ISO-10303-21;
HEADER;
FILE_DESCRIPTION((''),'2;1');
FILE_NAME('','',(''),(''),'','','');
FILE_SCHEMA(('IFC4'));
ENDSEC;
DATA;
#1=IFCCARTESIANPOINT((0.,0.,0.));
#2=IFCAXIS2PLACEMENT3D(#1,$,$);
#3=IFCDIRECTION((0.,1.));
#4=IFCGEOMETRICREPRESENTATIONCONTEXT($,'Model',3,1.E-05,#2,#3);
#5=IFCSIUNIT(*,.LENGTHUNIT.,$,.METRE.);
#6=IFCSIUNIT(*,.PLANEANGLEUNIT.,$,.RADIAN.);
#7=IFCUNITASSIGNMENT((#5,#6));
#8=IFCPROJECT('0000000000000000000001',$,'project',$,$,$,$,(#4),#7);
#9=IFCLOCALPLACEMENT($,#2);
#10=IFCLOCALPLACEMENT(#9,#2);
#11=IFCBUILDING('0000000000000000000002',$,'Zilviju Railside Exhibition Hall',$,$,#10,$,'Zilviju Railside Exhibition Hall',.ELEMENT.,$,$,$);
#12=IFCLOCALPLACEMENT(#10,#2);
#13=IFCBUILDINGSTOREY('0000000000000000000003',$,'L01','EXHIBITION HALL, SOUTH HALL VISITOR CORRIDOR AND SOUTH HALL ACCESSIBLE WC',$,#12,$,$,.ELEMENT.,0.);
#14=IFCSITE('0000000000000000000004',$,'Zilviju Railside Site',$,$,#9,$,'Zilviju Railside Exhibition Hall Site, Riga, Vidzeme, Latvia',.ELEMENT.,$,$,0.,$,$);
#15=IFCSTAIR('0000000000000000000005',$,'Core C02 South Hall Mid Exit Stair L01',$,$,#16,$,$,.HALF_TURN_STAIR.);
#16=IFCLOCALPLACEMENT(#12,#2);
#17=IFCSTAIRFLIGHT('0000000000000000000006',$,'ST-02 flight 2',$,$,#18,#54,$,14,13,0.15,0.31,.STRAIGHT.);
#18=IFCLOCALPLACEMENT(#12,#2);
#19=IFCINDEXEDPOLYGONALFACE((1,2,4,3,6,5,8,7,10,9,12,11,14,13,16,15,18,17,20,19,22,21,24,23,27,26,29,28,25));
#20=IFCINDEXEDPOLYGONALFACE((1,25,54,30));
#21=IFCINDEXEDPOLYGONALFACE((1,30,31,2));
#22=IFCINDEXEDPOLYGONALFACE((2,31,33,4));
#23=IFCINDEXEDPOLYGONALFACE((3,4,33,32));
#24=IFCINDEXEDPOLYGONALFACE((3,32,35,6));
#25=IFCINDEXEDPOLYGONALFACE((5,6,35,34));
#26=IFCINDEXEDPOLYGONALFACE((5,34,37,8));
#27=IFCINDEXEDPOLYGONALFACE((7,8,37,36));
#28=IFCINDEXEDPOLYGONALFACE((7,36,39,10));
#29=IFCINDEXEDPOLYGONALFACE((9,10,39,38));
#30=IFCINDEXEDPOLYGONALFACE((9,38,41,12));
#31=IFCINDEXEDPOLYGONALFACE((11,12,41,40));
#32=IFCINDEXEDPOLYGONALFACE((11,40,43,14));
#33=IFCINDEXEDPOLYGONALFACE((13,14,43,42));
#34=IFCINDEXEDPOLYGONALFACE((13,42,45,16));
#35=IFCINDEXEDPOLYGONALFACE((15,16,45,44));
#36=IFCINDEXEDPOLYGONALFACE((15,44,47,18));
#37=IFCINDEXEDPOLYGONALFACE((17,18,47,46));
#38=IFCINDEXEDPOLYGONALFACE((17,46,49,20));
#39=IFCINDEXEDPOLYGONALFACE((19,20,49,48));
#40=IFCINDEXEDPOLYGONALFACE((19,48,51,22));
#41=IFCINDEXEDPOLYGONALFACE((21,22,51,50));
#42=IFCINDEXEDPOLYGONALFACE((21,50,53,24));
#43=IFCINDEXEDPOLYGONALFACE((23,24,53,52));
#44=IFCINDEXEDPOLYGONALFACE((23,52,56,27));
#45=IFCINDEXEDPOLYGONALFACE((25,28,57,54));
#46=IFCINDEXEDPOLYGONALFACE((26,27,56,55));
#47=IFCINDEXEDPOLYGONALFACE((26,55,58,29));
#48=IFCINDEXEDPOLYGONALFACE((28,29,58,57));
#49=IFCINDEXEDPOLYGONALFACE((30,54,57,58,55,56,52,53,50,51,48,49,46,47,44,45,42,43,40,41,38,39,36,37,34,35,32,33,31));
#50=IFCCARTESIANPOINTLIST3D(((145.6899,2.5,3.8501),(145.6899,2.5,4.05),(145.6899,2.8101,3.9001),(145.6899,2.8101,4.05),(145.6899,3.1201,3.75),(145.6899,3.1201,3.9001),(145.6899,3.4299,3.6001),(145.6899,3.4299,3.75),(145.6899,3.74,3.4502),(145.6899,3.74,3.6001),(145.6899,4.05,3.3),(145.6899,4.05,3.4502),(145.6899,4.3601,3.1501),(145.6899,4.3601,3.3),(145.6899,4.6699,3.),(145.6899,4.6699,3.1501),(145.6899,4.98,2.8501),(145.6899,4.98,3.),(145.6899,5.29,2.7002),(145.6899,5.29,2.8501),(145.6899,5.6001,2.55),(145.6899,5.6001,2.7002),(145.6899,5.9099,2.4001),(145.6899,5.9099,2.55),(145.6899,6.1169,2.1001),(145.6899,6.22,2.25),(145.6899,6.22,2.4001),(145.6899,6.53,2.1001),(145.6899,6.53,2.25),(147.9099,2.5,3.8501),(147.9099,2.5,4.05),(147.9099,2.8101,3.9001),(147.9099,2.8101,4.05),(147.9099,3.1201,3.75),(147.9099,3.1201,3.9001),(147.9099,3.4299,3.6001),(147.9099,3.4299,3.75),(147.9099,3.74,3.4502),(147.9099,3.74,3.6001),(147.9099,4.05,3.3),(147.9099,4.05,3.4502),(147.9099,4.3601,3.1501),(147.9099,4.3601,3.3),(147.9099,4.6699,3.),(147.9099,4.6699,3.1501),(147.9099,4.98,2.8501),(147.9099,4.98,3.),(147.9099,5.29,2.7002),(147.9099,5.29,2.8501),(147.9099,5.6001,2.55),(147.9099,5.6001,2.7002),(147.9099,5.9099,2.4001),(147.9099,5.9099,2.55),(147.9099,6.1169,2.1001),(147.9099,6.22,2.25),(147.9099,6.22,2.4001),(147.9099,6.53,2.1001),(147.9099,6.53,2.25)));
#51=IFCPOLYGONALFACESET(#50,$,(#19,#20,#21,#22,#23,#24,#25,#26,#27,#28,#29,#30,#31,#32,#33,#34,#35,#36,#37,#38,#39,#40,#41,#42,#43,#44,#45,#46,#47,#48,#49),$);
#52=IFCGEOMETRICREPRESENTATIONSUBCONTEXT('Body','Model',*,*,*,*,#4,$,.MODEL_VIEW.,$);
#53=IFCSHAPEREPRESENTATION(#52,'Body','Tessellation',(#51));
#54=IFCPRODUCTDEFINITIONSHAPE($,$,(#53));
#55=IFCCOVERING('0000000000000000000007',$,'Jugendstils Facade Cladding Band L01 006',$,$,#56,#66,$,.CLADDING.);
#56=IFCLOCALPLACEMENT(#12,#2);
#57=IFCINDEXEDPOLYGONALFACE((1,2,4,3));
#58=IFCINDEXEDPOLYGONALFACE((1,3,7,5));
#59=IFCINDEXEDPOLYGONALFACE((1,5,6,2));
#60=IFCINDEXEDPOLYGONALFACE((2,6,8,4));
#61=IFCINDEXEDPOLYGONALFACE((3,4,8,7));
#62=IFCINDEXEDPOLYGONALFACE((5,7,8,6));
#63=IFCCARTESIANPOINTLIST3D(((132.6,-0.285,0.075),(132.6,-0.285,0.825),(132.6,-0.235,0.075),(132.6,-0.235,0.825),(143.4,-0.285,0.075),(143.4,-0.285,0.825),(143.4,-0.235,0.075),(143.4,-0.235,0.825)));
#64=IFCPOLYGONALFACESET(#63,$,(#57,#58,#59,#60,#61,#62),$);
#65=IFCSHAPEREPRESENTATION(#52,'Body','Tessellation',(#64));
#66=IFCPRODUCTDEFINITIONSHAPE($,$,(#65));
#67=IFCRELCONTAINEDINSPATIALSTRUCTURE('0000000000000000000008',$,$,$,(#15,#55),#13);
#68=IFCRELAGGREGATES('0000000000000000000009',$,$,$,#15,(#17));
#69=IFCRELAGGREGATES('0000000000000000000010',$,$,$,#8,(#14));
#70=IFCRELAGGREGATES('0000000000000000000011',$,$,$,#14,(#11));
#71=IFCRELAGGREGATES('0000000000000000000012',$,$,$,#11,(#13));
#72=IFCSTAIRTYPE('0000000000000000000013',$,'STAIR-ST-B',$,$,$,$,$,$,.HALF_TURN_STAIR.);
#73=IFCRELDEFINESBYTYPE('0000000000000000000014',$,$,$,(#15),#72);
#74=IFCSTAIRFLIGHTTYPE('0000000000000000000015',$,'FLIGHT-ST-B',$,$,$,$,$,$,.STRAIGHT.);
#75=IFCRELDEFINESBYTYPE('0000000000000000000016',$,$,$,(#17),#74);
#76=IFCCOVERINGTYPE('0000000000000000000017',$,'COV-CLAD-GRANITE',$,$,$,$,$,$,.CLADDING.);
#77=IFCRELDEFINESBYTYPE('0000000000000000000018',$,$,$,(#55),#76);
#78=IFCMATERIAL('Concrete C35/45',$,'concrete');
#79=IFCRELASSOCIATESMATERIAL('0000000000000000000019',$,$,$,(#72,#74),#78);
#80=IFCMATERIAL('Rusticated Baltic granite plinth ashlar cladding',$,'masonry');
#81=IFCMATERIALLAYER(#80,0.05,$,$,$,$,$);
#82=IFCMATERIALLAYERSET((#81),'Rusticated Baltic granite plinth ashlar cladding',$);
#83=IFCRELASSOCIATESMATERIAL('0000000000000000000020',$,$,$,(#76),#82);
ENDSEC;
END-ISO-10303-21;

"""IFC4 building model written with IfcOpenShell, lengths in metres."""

from ifc_helpers import new_model, si_unit, direction, frame, origin, origin_2d, place, context, subcontext, project, spatial, polyline, rectangle, outline, extrude, material, layer, layer_set, type_object, element, aggregate, save


model = new_model("IFC4")

# Units and contexts
model_context = context("Model", 3, precision=1e-05, world=origin(), true_north=direction((0.0, 1.0)))
body_context = subcontext(model_context, "Body", "Model", "MODEL_VIEW")
ifc_project = project(units=[si_unit("LENGTHUNIT", "METRE"), si_unit("PLANEANGLEUNIT", "RADIAN")], contexts=[model_context])

# Site, building, storey
site_placement = place(None, origin())
site = spatial("IfcSite", under=ifc_project, at=site_placement, Name="Zilviju Railside Site", LongName="Zilviju Railside Exhibition Hall Site, Riga, Vidzeme, Latvia", CompositionType="ELEMENT", RefElevation=0.0)
building_placement = place(site_placement, origin())
building = spatial("IfcBuilding", under=site, at=building_placement, Name="Zilviju Railside Exhibition Hall", LongName="Zilviju Railside Exhibition Hall", CompositionType="ELEMENT")
storey_placement = place(building_placement, origin())
storey = spatial("IfcBuildingStorey", under=building, at=storey_placement, Name="L01", Description="EXHIBITION HALL, SOUTH HALL VISITOR CORRIDOR AND SOUTH HALL ACCESSIBLE WC", CompositionType="ELEMENT", Elevation=0.0)

# Shared definitions
ifc_material_1 = material(Name="Concrete C35/45", Category="concrete")

# Stair, stair flight
stair_type = type_object("IfcStairType", Name="STAIR-ST-B", PredefinedType="HALF_TURN_STAIR", material=ifc_material_1)
stair_placement = place(storey_placement, origin())
stair = element("IfcStair", 1, at=stair_placement, inside=storey, type_object=stair_type, Name="Core C02 South Hall Mid Exit Stair L01", PredefinedType="HALF_TURN_STAIR")
stair_flight_type = type_object("IfcStairFlightType", Name="FLIGHT-ST-B", PredefinedType="STRAIGHT", material=ifc_material_1)
stair_flight_placement = place(storey_placement, frame((146.8, 6.53, 2.1001), z_axis=(0.0, 0.0, 1.0), x_axis=(0.0, -1.0, 0.0)))
stair_flight = element("IfcStairFlight", 2, at=stair_flight_placement, type_object=stair_flight_type, Name="ST-02 flight 2", NumberOfRisers=14, NumberOfTreads=13, PredefinedType="STRAIGHT", RiserHeight=0.15, TreadLength=0.31, context=body_context, shape_type="SweptSolid", body=[
    extrude(outline(polyline([(0.0, 0.0), (0.0, 0.1499), (0.3101, 0.1499), (0.3101, 0.3), (0.6201, 0.3), (0.6201, 0.45), (0.9299, 0.45), (0.9299, 0.6001), (1.24, 0.6001), (1.24, 0.75), (1.55, 0.75), (1.55, 0.8999), (1.8601, 0.8999), (1.8601, 1.05), (2.1699, 1.05), (2.1699, 1.2), (2.48, 1.2), (2.48, 1.3501), (2.79, 1.3501), (2.79, 1.5), (3.1001, 1.5), (3.1001, 1.6499), (3.4099, 1.6499), (3.4099, 1.8), (3.72, 1.8), (3.72, 1.95), (4.03, 1.95), (4.03, 2.1001), (4.03, 1.75), (0.4131, 0.0), (0.0, 0.0)])), frame((0.0, 1.1099, 0.0), z_axis=(0.0, -1.0, 0.0), x_axis=(1.0, 0.0, 0.0)), (0.0, 0.0, 1.0), 2.22),
])
aggregate(stair, [stair_flight])

# Covering
ifc_material_2 = material(Name="Rusticated Baltic granite plinth ashlar cladding", Category="masonry")
ifc_layer_1 = layer(ifc_material_2, 0.05)
ifc_layer_set_1 = layer_set([ifc_layer_1], Name="Rusticated Baltic granite plinth ashlar cladding")
covering_type = type_object("IfcCoveringType", Name="COV-CLAD-GRANITE", PredefinedType="CLADDING", material=ifc_layer_set_1)
covering_placement = place(storey_placement, frame((138.0, -0.26, 0.075), z_axis=(0.0, 0.0, 1.0), x_axis=(-1.0, 0.0, 0.0)))
element("IfcCovering", 3, at=covering_placement, inside=storey, type_object=covering_type, Name="Jugendstils Facade Cladding Band L01 006", PredefinedType="CLADDING", context=body_context, shape_type="SweptSolid", body=[
    extrude(rectangle(XDim=10.8, YDim=0.05, at=origin_2d()), origin(), (0.0, 0.0, 1.0), 0.75),
])

save(model, "model.ifc")
